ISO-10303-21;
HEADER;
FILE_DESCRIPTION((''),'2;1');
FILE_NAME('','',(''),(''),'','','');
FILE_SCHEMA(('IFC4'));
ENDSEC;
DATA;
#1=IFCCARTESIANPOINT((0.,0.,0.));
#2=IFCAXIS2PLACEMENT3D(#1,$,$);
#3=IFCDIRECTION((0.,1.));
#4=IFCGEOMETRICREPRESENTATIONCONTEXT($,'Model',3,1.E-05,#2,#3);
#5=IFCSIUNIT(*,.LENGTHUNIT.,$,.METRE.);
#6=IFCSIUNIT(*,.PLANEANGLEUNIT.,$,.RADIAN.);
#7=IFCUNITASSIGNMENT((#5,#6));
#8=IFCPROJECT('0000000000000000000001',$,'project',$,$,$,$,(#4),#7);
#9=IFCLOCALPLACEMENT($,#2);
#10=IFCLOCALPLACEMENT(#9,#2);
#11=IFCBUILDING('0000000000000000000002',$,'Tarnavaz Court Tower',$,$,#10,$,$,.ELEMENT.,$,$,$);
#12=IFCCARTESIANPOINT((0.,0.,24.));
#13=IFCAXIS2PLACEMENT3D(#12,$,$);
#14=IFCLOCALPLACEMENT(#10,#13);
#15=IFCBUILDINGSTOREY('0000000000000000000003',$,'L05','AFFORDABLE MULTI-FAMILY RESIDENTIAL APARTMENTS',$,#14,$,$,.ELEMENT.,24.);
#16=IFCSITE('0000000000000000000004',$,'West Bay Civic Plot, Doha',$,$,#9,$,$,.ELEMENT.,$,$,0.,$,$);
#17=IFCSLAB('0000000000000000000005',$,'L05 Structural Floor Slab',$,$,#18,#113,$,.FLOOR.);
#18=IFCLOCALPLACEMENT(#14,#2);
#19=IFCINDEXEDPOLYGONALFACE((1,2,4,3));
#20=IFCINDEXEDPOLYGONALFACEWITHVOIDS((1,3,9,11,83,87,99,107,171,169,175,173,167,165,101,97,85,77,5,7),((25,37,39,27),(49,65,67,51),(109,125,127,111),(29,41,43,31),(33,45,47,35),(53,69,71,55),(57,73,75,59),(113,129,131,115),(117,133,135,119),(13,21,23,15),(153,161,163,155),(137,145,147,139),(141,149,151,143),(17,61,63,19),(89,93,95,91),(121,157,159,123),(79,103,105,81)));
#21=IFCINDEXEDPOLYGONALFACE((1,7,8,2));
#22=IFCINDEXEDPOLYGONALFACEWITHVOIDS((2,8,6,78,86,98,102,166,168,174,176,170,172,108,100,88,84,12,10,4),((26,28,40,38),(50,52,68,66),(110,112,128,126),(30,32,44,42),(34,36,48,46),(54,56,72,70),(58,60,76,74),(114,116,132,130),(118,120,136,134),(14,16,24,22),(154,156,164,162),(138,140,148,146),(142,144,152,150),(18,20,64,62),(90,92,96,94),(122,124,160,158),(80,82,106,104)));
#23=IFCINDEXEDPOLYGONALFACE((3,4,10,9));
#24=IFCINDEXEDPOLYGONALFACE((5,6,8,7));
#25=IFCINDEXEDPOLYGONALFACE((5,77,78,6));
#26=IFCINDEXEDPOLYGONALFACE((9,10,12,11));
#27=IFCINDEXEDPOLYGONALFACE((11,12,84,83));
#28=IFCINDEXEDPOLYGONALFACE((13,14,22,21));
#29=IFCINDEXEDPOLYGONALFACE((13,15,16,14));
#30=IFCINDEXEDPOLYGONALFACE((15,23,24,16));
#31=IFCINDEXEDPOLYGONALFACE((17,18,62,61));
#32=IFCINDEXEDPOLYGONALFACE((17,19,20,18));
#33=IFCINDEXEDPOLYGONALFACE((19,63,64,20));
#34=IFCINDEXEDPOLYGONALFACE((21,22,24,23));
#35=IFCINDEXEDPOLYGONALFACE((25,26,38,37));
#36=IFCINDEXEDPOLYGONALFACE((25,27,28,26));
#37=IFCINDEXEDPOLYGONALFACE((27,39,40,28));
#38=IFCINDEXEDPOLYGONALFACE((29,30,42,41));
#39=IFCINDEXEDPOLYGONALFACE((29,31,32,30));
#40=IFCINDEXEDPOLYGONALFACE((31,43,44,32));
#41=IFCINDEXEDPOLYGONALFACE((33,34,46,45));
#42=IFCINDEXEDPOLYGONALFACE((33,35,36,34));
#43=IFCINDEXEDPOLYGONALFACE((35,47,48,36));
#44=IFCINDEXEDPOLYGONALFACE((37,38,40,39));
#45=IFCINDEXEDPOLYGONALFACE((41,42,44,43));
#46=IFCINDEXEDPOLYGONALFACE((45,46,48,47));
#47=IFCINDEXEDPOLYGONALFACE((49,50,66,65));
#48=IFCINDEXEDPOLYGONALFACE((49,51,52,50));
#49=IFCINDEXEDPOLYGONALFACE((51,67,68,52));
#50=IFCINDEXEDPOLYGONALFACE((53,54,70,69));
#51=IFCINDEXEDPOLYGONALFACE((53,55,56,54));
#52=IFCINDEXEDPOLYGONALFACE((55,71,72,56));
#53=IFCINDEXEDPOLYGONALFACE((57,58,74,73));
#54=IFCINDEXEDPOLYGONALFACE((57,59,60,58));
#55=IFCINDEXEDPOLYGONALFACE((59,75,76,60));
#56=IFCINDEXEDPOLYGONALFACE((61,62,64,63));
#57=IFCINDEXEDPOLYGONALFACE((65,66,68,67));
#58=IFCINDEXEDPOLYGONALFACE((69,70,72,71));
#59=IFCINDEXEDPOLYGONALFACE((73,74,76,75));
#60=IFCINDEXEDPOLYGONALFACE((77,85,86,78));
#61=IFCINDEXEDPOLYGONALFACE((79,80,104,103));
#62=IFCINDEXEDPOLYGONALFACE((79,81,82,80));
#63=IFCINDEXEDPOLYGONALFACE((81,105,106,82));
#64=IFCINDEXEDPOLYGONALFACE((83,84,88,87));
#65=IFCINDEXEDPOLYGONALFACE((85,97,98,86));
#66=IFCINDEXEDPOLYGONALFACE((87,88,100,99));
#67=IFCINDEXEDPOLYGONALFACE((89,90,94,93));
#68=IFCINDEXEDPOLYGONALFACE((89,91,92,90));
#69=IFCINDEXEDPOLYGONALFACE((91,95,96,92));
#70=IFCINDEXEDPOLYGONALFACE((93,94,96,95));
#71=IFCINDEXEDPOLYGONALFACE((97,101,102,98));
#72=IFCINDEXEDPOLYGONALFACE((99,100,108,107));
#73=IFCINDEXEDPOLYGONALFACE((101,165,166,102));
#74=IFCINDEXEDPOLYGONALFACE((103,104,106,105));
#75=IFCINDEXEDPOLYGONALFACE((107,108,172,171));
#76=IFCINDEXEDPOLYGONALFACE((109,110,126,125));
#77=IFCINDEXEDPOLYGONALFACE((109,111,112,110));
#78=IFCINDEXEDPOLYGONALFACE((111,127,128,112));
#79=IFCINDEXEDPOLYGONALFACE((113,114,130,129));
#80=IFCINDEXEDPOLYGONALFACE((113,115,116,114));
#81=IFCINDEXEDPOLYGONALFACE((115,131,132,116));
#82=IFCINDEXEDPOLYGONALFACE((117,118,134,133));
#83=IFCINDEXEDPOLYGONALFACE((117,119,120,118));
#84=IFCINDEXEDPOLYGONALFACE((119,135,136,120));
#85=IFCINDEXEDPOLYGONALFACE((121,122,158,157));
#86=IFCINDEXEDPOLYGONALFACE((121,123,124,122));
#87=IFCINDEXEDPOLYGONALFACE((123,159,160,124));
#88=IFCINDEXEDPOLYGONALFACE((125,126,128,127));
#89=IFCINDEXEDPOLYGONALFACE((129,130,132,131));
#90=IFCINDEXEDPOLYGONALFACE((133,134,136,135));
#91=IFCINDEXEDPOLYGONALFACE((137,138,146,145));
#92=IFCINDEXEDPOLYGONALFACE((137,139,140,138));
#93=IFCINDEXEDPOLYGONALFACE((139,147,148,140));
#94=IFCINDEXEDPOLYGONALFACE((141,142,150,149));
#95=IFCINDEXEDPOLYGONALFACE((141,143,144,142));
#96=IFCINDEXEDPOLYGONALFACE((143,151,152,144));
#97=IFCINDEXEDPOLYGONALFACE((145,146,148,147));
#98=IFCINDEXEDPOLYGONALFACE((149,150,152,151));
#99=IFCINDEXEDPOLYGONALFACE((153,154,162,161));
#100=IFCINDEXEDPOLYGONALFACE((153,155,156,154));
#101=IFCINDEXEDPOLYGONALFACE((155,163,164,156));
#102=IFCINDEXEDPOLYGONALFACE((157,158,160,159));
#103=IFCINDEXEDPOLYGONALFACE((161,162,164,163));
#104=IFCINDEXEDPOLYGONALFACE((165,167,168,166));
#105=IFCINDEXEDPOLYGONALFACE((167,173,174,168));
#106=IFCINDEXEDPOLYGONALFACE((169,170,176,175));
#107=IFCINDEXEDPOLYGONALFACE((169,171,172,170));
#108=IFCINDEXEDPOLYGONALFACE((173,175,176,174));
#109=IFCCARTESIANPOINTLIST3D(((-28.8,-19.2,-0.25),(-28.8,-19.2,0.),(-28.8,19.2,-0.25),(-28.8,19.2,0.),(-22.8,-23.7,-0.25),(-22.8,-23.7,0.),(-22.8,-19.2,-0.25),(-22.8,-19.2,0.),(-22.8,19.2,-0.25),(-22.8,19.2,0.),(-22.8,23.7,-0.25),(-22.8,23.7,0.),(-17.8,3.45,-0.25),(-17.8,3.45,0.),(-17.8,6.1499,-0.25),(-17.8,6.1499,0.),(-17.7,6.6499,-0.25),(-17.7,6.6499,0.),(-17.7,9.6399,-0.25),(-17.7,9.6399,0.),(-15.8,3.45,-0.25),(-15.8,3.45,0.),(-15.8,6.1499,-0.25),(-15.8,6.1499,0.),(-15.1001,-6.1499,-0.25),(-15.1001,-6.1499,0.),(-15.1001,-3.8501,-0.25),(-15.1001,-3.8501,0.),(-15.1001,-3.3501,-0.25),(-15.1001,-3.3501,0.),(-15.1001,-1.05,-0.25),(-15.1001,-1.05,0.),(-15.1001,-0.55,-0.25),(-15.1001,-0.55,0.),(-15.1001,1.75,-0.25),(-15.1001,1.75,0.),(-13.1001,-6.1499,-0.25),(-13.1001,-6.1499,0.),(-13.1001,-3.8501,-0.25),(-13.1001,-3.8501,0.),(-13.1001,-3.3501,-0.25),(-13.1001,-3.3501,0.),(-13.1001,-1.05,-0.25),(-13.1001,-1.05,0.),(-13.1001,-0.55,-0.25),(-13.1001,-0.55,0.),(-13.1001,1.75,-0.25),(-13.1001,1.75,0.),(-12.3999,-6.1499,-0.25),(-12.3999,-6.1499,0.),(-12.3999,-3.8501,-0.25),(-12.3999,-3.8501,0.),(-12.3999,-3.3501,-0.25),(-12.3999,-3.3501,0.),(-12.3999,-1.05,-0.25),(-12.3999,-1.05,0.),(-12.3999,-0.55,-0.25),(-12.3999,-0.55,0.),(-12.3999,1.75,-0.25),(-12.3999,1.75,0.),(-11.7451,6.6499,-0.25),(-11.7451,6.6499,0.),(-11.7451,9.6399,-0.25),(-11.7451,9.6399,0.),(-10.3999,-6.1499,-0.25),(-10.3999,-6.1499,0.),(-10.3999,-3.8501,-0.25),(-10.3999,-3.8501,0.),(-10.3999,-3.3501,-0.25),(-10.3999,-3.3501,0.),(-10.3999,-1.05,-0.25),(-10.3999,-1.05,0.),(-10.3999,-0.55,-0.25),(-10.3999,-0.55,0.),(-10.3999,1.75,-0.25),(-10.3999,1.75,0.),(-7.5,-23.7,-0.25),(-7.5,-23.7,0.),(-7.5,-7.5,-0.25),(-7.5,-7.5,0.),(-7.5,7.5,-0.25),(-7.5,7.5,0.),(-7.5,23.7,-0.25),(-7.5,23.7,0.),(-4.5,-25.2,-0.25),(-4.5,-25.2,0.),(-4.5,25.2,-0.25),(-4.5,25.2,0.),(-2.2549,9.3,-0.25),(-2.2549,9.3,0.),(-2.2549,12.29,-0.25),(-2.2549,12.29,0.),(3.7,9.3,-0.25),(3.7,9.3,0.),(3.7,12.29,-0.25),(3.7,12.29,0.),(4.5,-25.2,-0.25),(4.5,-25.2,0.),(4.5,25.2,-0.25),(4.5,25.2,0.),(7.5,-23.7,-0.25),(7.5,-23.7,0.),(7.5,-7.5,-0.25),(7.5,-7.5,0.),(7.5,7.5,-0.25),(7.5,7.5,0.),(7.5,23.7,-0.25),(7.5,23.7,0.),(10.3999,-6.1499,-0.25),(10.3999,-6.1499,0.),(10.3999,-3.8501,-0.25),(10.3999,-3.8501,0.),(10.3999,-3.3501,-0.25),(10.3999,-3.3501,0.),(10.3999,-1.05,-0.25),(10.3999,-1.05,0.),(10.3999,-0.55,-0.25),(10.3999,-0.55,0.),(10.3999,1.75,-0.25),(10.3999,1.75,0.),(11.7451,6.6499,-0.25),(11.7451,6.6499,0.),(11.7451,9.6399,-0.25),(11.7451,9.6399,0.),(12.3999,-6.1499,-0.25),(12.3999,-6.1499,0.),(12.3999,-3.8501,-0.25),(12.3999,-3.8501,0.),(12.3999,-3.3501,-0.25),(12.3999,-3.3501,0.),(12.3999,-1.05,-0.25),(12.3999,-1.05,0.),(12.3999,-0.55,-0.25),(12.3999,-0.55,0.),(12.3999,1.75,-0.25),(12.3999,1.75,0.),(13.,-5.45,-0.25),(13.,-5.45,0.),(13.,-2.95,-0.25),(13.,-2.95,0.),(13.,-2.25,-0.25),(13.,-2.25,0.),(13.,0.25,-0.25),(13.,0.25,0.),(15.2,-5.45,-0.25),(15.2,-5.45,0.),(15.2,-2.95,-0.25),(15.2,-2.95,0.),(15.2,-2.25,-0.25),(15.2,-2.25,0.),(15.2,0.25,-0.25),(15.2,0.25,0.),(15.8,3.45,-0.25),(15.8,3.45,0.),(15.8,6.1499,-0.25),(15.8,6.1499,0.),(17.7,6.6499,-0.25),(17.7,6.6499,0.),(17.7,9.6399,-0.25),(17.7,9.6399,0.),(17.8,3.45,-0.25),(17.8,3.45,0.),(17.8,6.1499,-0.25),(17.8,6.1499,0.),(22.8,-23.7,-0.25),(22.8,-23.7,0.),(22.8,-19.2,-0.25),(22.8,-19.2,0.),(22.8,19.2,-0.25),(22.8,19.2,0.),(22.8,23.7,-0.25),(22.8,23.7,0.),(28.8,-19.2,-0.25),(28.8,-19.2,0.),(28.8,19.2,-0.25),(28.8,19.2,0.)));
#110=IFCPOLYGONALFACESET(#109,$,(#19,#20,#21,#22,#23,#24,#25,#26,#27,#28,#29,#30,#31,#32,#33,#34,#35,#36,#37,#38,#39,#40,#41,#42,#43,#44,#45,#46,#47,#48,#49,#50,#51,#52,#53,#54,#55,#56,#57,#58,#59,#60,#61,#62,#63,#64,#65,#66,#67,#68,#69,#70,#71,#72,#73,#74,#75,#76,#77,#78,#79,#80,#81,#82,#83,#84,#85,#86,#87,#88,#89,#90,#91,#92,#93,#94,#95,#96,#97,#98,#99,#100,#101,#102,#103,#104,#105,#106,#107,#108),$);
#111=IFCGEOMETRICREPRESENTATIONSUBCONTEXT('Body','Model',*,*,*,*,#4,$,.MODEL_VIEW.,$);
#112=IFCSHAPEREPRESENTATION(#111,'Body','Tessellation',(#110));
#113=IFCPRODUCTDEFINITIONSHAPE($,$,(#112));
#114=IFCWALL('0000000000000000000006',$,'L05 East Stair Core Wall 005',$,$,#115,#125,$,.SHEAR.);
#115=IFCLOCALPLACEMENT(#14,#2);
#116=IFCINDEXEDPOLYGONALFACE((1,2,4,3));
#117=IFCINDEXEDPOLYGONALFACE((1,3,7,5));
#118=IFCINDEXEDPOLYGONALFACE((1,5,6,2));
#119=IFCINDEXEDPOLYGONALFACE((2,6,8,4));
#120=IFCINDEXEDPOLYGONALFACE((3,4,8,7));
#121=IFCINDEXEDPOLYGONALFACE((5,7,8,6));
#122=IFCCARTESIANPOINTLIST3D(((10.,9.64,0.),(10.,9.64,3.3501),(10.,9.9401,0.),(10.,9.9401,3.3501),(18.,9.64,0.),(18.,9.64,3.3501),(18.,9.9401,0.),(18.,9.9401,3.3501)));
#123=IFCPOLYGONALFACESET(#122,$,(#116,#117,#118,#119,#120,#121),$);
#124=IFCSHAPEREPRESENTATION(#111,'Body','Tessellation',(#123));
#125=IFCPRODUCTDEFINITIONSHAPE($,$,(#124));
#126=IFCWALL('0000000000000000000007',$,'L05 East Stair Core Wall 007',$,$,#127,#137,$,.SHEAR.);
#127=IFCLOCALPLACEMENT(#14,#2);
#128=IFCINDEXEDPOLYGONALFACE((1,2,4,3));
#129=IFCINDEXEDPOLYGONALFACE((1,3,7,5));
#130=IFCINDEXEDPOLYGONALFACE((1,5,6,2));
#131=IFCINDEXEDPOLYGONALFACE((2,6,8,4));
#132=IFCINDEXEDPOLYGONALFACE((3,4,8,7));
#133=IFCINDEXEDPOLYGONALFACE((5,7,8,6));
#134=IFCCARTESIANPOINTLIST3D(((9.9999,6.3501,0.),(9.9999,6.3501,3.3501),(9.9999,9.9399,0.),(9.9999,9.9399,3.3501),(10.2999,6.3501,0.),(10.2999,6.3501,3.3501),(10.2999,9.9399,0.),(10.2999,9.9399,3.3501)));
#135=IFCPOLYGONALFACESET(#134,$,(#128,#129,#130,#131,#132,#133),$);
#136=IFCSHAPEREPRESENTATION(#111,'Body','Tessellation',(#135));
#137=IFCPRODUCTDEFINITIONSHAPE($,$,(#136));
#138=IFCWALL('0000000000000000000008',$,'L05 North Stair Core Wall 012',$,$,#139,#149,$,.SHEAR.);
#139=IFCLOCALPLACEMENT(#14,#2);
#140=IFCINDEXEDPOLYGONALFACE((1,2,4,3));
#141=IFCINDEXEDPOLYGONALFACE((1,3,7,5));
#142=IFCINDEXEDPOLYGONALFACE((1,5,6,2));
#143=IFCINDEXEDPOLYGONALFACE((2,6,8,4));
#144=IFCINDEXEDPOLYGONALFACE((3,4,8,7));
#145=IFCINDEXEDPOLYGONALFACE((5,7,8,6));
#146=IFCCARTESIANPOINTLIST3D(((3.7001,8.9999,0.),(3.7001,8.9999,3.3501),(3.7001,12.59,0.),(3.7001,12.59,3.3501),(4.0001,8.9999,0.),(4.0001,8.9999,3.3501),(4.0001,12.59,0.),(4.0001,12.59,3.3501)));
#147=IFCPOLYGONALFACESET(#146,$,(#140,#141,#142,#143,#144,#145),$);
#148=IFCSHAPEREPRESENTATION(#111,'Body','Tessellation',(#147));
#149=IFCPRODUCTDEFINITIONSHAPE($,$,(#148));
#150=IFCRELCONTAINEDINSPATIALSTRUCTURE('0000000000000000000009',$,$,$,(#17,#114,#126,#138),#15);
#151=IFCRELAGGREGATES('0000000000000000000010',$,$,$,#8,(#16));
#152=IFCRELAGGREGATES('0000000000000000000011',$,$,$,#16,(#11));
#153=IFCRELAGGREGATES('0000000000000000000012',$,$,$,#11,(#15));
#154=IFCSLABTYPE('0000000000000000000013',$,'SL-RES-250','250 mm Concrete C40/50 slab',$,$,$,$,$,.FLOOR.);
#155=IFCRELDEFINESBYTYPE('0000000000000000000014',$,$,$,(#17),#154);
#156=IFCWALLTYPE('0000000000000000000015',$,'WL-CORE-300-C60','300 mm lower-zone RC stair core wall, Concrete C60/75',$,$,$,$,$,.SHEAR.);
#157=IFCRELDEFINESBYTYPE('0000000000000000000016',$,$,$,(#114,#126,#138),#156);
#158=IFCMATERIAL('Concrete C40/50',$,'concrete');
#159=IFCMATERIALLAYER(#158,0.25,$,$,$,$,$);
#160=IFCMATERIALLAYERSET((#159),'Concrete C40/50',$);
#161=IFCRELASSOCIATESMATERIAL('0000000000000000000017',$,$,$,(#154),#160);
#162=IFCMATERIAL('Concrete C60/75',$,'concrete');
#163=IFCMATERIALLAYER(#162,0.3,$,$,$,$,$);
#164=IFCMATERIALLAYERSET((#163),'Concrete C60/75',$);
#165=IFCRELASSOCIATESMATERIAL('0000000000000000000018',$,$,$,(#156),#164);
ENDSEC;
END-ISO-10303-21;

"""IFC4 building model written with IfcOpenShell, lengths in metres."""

from ifc_helpers import new_model, si_unit, direction, frame, frame_2d, origin, place, context, subcontext, project, spatial, polyline, rectangle, outline, extrude, material, layer, layer_set, type_object, element, save


model = new_model("IFC4")

# Units and contexts
model_context = context("Model", 3, precision=1e-05, world=origin(), true_north=direction((0.0, 1.0)))
body_context = subcontext(model_context, "Body", "Model", "MODEL_VIEW")
ifc_project = project(units=[si_unit("LENGTHUNIT", "METRE"), si_unit("PLANEANGLEUNIT", "RADIAN")], contexts=[model_context])

# Site, building, storey
site_placement = place(None, origin())
site = spatial("IfcSite", under=ifc_project, at=site_placement, Name="West Bay Civic Plot, Doha", CompositionType="ELEMENT", RefElevation=0.0)
building_placement = place(site_placement, origin())
building = spatial("IfcBuilding", under=site, at=building_placement, Name="Tarnavaz Court Tower", CompositionType="ELEMENT")
storey_placement = place(building_placement, frame((0.0, 0.0, 24.0)))
storey = spatial("IfcBuildingStorey", under=building, at=storey_placement, Name="L05", Description="AFFORDABLE MULTI-FAMILY RESIDENTIAL APARTMENTS", CompositionType="ELEMENT", Elevation=24.0)

# Shared definitions
ifc_material_1 = material(Name="Concrete C60/75", Category="concrete")

# Shared definitions
ifc_material_2 = material(Name="Concrete C40/50", Category="concrete")

# Slab
ifc_layer_1 = layer(ifc_material_2, 0.25)
ifc_layer_set_1 = layer_set([ifc_layer_1], Name="Concrete C40/50")
slab_type_1 = type_object("IfcSlabType", Name="SL-RES-250", Description="250 mm Concrete C40/50 slab", PredefinedType="FLOOR", material=ifc_layer_set_1)
slab_1_placement = place(storey_placement, frame((0.0, 0.0, -0.25)))
element("IfcSlab", 1, at=slab_1_placement, inside=storey, type_object=slab_type_1, Name="L05 Structural Floor Slab", PredefinedType="FLOOR", context=body_context, shape_type="SweptSolid", body=[
    extrude(outline(polyline([(-22.8, -23.7), (-7.5, -23.7), (-4.5, -25.2), (4.5, -25.2), (7.5, -23.7), (22.8, -23.7), (22.8, -19.2), (28.8, -19.2), (28.8, 19.2), (22.8, 19.2), (22.8, 23.7), (7.5, 23.7), (4.5, 25.2), (-4.5, 25.2), (-7.5, 23.7), (-22.8, 23.7), (-22.8, 19.2), (-28.8, 19.2), (-28.8, -19.2), (-22.8, -19.2), (-22.8, -23.7)]), holes=[polyline([(-7.5, -7.5), (7.5, -7.5), (7.5, 7.5), (-7.5, 7.5), (-7.5, -7.5)]), polyline([(-11.7451, 9.6399), (-17.7, 9.6399), (-17.7, 6.6499), (-11.7451, 6.6499), (-11.7451, 9.6399)]), polyline([(11.7451, 6.6499), (17.7, 6.6499), (17.7, 9.6399), (11.7451, 9.6399), (11.7451, 6.6499)]), polyline([(-2.2549, 9.3), (3.7, 9.3), (3.7, 12.29), (-2.2549, 12.29), (-2.2549, 9.3)]), polyline([(-17.8, 3.45), (-15.8, 3.45), (-15.8, 6.1499), (-17.8, 6.1499), (-17.8, 3.45)]), polyline([(-12.3999, -6.1499), (-10.3999, -6.1499), (-10.3999, -3.8501), (-12.3999, -3.8501), (-12.3999, -6.1499)]), polyline([(-12.3999, -3.3501), (-10.3999, -3.3501), (-10.3999, -1.05), (-12.3999, -1.05), (-12.3999, -3.3501)]), polyline([(-12.3999, -0.55), (-10.3999, -0.55), (-10.3999, 1.75), (-12.3999, 1.75), (-12.3999, -0.55)]), polyline([(-15.1001, -6.1499), (-13.1001, -6.1499), (-13.1001, -3.8501), (-15.1001, -3.8501), (-15.1001, -6.1499)]), polyline([(-15.1001, -3.3501), (-13.1001, -3.3501), (-13.1001, -1.05), (-15.1001, -1.05), (-15.1001, -3.3501)]), polyline([(-15.1001, -0.55), (-13.1001, -0.55), (-13.1001, 1.75), (-15.1001, 1.75), (-15.1001, -0.55)]), polyline([(15.8, 3.45), (17.8, 3.45), (17.8, 6.1499), (15.8, 6.1499), (15.8, 3.45)]), polyline([(10.3999, -6.1499), (12.3999, -6.1499), (12.3999, -3.8501), (10.3999, -3.8501), (10.3999, -6.1499)]), polyline([(10.3999, -3.3501), (12.3999, -3.3501), (12.3999, -1.05), (10.3999, -1.05), (10.3999, -3.3501)]), polyline([(10.3999, -0.55), (12.3999, -0.55), (12.3999, 1.75), (10.3999, 1.75), (10.3999, -0.55)]), polyline([(13.0, -5.45), (15.2, -5.45), (15.2, -2.95), (13.0, -2.95), (13.0, -5.45)]), polyline([(13.0, -2.25), (15.2, -2.25), (15.2, 0.25), (13.0, 0.25), (13.0, -2.25)])]), origin(), (0.0, 0.0, 1.0), 0.25),
])

# Wall
ifc_layer_2 = layer(ifc_material_1, 0.3)
ifc_layer_set_2 = layer_set([ifc_layer_2], Name="Concrete C60/75")
wall_type_1 = type_object("IfcWallType", Name="WL-CORE-300-C60", Description="300 mm lower-zone RC stair core wall, Concrete C60/75", PredefinedType="SHEAR", material=ifc_layer_set_2)
wall_1_placement = place(storey_placement, frame((10.0, 9.79, 0.0), z_axis=(0.0, 0.0, 1.0), x_axis=(1.0, 0.0, 0.0)))
element("IfcWall", 2, at=wall_1_placement, inside=storey, type_object=wall_type_1, Name="L05 East Stair Core Wall 005", PredefinedType="SHEAR", context=body_context, shape_type="SweptSolid", body=[
    extrude(rectangle(XDim=8.0, YDim=0.3, at=frame_2d((4.0, 0.0))), origin(), (0.0, 0.0, 1.0), 3.3501),
])

# Walls
wall_2_placement = place(storey_placement, frame((10.1499, 6.3501, 0.0), z_axis=(0.0, 0.0, 1.0), x_axis=(0.0, 1.0, 0.0)))
element("IfcWall", 3, at=wall_2_placement, inside=storey, type_object=wall_type_1, Name="L05 East Stair Core Wall 007", PredefinedType="SHEAR", context=body_context, shape_type="SweptSolid", body=[
    extrude(rectangle(XDim=3.5898, YDim=0.3, at=frame_2d((1.7949, 0.0))), origin(), (0.0, 0.0, 1.0), 3.3501),
])
wall_3_placement = place(storey_placement, frame((3.8501, 9.0, 0.0), z_axis=(0.0, 0.0, 1.0), x_axis=(0.0, 1.0, 0.0)))
element("IfcWall", 4, at=wall_3_placement, inside=storey, type_object=wall_type_1, Name="L05 North Stair Core Wall 012", PredefinedType="SHEAR", context=body_context, shape_type="SweptSolid", body=[
    extrude(rectangle(XDim=3.5901, YDim=0.3, at=frame_2d((1.7949, 0.0))), origin(), (0.0, 0.0, 1.0), 3.3501),
])

save(model, "model.ifc")
